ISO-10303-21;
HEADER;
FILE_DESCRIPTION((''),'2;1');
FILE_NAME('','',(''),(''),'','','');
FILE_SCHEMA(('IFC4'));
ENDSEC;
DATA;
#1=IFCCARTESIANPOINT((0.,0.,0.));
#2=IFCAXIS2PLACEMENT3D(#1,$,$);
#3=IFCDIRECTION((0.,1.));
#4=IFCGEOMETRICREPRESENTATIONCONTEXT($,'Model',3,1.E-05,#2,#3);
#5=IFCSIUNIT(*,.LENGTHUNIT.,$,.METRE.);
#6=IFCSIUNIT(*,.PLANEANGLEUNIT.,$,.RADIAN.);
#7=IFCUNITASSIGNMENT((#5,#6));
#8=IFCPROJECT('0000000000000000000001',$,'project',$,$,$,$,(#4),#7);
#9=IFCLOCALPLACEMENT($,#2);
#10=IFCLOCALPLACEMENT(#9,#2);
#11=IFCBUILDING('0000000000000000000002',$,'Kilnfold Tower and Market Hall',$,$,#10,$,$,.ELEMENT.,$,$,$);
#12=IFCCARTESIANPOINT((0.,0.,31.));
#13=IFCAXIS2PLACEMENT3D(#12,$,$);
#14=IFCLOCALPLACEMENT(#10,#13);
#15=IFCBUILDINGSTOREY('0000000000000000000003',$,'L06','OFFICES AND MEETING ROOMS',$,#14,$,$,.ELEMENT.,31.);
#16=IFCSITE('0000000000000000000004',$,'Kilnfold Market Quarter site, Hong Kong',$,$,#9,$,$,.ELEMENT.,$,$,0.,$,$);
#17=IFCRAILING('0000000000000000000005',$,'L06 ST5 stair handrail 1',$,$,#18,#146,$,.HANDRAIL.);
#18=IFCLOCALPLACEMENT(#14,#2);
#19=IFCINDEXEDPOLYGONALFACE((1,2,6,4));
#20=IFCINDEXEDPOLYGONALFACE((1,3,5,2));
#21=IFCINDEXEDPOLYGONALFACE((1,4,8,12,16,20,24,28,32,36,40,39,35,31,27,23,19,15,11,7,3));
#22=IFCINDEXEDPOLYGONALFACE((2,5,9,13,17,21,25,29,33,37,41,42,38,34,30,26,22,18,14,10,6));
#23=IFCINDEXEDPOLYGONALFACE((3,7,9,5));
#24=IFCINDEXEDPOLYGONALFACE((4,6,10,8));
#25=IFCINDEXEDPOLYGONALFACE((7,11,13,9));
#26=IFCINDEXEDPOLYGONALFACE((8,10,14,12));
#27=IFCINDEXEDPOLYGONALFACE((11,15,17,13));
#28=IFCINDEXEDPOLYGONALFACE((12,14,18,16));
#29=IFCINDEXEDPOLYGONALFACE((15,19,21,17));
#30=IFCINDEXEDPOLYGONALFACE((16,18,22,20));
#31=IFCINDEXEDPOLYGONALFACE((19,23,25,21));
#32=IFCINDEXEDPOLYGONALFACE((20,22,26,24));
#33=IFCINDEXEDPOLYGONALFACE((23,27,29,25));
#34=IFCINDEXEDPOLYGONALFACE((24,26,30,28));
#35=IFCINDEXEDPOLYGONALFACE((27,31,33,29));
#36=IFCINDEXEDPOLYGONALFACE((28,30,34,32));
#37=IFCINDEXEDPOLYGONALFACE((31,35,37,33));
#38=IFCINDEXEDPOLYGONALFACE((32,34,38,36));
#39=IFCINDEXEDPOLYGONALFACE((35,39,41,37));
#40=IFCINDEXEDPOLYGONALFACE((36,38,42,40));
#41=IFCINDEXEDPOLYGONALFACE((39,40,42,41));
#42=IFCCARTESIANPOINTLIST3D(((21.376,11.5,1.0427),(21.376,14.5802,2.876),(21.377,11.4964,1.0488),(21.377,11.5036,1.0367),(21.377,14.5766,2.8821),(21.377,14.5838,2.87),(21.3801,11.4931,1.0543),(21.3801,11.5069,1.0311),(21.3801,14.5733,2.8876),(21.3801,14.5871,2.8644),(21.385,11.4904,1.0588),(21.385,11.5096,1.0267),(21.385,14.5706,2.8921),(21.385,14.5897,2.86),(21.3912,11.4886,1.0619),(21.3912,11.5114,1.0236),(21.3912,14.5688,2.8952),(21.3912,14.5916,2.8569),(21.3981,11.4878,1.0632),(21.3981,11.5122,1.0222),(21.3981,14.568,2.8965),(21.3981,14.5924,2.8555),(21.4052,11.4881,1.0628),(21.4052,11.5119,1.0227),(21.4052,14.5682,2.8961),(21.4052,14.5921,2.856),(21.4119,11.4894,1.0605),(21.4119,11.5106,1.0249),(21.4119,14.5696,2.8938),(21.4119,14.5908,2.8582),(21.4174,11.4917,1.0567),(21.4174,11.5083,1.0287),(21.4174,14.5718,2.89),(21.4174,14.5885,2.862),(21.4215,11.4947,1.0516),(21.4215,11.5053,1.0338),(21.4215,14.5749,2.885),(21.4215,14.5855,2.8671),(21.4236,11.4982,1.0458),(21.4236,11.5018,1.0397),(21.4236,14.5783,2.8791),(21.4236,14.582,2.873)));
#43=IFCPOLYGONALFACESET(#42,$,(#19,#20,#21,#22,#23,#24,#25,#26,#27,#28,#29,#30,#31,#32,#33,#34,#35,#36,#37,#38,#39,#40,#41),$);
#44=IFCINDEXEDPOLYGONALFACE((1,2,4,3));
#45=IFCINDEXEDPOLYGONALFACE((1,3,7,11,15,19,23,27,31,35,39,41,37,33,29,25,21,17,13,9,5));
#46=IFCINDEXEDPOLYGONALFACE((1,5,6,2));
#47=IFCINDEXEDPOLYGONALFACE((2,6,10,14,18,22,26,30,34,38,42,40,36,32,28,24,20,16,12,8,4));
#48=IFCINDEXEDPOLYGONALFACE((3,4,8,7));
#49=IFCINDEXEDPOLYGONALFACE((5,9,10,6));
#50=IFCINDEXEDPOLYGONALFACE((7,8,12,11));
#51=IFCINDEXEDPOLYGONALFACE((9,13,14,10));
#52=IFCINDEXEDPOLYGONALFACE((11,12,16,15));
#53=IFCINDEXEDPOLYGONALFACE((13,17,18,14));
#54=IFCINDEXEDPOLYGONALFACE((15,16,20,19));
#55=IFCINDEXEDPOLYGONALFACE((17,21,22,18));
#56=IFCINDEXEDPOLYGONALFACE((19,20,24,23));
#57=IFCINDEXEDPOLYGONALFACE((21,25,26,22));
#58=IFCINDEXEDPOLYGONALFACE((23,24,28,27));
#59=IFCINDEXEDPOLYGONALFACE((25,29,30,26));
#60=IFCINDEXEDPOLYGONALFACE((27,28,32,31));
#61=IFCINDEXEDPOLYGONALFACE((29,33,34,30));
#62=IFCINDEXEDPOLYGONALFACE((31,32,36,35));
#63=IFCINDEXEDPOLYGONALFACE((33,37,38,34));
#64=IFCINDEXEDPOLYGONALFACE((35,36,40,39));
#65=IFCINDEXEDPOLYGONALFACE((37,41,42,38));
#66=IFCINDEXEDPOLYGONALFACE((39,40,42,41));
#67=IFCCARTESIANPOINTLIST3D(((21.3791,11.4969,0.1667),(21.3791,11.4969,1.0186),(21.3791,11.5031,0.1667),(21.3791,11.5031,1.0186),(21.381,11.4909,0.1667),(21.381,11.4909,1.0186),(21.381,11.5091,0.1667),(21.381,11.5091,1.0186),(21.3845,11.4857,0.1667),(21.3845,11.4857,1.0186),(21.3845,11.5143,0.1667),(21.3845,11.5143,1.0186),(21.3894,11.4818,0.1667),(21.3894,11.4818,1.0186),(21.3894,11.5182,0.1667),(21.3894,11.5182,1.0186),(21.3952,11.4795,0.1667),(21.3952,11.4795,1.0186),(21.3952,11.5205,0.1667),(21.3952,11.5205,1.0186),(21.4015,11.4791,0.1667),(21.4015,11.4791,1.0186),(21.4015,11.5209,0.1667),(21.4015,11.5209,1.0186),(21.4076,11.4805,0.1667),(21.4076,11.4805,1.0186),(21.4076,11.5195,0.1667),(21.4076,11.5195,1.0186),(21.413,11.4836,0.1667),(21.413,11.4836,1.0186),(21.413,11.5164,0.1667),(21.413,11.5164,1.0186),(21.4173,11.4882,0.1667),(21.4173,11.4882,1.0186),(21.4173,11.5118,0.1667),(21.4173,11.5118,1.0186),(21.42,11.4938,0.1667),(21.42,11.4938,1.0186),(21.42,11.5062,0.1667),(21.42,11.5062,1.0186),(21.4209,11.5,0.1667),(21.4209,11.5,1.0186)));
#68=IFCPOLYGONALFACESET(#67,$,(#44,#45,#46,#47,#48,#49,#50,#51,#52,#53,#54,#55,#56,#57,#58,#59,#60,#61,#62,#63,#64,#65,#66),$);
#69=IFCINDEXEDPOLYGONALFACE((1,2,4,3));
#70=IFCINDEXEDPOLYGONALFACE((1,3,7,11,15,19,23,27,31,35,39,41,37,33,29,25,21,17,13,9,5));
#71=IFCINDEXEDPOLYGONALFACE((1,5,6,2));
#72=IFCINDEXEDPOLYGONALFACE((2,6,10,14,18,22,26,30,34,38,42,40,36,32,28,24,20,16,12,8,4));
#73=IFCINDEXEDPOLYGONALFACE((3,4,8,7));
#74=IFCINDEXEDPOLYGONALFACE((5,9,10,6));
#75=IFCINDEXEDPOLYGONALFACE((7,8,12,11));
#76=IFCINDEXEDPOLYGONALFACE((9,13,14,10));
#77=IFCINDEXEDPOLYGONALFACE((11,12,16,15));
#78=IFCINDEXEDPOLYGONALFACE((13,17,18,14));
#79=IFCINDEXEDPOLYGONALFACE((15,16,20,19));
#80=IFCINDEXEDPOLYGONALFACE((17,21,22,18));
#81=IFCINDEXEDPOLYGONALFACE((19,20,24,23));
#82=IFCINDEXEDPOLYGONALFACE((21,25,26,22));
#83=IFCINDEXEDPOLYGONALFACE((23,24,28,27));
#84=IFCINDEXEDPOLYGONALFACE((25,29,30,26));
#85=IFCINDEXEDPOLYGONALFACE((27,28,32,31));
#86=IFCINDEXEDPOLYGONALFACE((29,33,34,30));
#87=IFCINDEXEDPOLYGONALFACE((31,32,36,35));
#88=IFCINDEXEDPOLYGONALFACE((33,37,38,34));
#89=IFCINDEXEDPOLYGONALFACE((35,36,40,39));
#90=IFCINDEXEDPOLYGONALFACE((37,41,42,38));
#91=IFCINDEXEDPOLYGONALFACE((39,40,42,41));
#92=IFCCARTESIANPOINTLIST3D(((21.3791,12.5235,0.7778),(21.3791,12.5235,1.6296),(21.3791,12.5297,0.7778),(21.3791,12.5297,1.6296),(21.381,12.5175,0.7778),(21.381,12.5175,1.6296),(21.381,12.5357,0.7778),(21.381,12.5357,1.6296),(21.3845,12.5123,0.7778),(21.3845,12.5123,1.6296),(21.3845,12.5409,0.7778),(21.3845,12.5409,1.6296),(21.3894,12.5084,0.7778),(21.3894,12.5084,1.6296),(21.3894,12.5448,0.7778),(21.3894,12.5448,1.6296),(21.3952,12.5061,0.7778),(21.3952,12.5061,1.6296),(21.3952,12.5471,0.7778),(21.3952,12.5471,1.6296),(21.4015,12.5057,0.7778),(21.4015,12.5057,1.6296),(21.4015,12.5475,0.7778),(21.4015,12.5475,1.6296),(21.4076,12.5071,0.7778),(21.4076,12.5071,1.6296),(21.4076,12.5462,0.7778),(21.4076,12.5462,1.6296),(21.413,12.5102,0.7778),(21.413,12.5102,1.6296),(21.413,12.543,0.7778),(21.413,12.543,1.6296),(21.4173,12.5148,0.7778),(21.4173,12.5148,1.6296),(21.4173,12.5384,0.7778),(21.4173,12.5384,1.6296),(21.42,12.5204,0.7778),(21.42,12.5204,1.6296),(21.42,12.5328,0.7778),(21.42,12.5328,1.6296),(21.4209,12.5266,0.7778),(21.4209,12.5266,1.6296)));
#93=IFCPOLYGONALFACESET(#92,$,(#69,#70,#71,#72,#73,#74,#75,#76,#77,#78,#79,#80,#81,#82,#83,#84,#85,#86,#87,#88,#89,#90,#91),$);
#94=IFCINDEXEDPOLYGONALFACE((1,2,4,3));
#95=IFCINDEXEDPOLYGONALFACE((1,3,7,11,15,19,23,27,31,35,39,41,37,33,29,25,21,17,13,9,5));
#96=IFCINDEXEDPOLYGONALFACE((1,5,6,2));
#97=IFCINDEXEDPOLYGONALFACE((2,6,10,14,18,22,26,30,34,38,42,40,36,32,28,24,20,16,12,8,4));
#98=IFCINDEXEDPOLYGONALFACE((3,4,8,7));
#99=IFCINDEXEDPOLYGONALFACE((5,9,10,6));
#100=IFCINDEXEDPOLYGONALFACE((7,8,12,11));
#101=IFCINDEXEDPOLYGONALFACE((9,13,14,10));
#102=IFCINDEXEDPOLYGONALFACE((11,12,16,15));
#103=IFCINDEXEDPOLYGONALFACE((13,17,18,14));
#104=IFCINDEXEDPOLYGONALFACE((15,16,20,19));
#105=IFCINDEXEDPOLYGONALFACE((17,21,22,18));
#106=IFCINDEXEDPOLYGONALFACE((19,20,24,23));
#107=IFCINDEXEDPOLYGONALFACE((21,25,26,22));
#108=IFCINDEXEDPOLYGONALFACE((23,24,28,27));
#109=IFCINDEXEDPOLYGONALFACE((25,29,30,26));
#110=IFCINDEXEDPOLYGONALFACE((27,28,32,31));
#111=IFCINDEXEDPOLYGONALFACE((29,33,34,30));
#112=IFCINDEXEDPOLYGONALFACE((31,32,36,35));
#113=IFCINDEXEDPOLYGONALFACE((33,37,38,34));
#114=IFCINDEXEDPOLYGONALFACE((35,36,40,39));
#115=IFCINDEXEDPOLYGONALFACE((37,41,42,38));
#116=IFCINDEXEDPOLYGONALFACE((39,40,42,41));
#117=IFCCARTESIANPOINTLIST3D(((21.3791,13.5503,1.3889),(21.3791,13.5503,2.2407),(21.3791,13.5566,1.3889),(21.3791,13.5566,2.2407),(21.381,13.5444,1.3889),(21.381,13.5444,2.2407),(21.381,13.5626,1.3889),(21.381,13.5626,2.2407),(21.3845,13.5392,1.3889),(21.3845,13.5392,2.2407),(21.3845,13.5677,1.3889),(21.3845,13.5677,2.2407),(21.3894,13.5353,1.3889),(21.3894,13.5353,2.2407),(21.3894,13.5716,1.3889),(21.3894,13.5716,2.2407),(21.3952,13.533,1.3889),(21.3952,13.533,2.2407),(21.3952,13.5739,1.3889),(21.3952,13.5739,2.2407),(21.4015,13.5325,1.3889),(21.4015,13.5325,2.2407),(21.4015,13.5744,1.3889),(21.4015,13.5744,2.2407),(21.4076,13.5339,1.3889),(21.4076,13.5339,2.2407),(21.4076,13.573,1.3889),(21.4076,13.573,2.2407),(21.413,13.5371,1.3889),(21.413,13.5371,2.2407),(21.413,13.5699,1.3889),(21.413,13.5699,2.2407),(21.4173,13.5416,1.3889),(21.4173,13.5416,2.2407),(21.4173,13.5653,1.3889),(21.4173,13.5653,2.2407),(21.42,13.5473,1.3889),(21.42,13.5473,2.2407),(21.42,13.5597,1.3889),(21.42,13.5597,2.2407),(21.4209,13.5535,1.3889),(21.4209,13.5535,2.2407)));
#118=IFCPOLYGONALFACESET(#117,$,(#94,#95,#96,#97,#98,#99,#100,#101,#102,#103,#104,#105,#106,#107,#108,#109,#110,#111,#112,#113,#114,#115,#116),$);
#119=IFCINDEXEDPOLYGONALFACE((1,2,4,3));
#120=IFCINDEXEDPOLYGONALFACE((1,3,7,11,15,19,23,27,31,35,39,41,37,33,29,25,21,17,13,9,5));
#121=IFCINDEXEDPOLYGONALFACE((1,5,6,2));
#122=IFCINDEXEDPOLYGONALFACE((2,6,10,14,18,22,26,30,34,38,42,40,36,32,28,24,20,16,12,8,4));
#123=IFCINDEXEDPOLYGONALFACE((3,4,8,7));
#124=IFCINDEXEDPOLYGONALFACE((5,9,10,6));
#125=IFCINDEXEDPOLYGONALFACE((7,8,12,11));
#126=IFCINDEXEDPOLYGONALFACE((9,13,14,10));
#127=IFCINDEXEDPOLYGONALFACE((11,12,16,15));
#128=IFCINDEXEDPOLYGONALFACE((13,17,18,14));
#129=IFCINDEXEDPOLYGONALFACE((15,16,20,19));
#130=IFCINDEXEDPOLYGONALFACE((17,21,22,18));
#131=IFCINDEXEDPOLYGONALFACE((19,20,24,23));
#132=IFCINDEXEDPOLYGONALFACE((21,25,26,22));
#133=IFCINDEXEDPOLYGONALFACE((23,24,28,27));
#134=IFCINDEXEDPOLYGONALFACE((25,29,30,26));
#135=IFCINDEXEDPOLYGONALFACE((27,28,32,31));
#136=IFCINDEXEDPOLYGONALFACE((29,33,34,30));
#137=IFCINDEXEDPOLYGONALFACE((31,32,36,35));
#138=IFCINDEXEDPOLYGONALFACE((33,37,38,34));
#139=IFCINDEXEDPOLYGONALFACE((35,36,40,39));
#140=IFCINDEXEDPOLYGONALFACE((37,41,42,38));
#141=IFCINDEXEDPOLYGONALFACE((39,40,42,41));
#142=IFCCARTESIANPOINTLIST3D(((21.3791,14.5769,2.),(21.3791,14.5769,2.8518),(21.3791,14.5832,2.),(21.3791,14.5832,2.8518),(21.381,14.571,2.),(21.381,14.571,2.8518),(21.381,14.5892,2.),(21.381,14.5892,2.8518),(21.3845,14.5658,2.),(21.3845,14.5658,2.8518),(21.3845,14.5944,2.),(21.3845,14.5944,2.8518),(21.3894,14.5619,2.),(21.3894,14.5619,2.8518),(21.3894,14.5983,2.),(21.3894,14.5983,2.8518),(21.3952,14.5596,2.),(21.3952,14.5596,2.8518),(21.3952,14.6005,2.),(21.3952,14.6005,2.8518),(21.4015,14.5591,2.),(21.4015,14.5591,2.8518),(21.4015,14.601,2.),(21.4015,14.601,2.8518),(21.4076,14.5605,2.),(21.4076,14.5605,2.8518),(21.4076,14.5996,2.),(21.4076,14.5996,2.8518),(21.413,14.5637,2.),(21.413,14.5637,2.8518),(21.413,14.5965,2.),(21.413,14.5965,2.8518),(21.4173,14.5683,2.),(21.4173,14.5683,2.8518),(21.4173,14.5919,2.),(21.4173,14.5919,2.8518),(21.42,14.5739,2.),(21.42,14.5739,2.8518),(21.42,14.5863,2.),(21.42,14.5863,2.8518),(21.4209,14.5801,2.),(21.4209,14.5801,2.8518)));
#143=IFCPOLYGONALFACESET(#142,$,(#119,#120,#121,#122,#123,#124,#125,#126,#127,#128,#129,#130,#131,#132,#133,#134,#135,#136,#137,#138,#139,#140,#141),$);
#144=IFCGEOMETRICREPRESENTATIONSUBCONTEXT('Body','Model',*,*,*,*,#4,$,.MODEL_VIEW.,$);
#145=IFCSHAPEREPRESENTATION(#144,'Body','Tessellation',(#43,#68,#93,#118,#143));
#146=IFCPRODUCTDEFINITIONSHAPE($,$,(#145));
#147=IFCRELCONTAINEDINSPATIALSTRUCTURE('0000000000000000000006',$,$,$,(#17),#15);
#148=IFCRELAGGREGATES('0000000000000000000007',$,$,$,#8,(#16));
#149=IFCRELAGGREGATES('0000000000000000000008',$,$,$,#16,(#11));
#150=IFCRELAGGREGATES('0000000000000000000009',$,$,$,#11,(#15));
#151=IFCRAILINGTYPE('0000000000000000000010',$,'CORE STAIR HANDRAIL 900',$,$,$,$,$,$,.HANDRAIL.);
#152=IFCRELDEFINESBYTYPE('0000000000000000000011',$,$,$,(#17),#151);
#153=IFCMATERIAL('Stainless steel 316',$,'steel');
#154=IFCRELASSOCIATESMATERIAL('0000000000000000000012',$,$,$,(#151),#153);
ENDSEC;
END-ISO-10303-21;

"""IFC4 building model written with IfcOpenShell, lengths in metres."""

from ifc_helpers import new_model, si_unit, direction, frame, origin, origin_2d, place, context, subcontext, project, spatial, circle, extrude, material, type_object, element, save


model = new_model("IFC4")

# Units and contexts
model_context = context("Model", 3, precision=1e-05, world=origin(), true_north=direction((0.0, 1.0)))
body_context = subcontext(model_context, "Body", "Model", "MODEL_VIEW")
ifc_project = project(units=[si_unit("LENGTHUNIT", "METRE"), si_unit("PLANEANGLEUNIT", "RADIAN")], contexts=[model_context])

# Site, building, storey
site_placement = place(None, origin())
site = spatial("IfcSite", under=ifc_project, at=site_placement, Name="Kilnfold Market Quarter site, Hong Kong", CompositionType="ELEMENT", RefElevation=0.0)
building_placement = place(site_placement, origin())
building = spatial("IfcBuilding", under=site, at=building_placement, Name="Kilnfold Tower and Market Hall", CompositionType="ELEMENT")
storey_placement = place(building_placement, frame((0.0, 0.0, 31.0)))
storey = spatial("IfcBuildingStorey", under=building, at=storey_placement, Name="L06", Description="OFFICES AND MEETING ROOMS", CompositionType="ELEMENT", Elevation=31.0)

# Railing
ifc_material_1 = material(Name="Stainless steel 316", Category="steel")
railing_type_1 = type_object("IfcRailingType", Name="CORE STAIR HANDRAIL 900", PredefinedType="HANDRAIL", material=ifc_material_1)
railing_1_placement = place(storey_placement, frame((21.3999, 11.5, 0.1667)))
element("IfcRailing", 1, at=railing_1_placement, inside=storey, type_object=railing_type_1, Name="L06 ST5 stair handrail 1", PredefinedType="HANDRAIL", context=body_context, shape_type="SweptSolid", body=[
    extrude(circle(Radius=0.0239, at=origin_2d()), frame((0.0, 0.0, 0.876), z_axis=(0.0, 0.859309, 0.511458), x_axis=(-1.0, 0.0, 0.0)), (0.0, 0.0, 1.0), 3.5845),
    extrude(circle(Radius=0.021, at=origin_2d()), origin(), (0.0, 0.0, 1.0), 0.8518),
    extrude(circle(Radius=0.021, at=origin_2d()), frame((0.0, 1.0266, 0.6111)), (0.0, 0.0, 1.0), 0.8518),
    extrude(circle(Radius=0.021, at=origin_2d()), frame((0.0, 2.0535, 1.2222)), (0.0, 0.0, 1.0), 0.8518),
    extrude(circle(Radius=0.021, at=origin_2d()), frame((0.0, 3.0801, 1.8333)), (0.0, 0.0, 1.0), 0.8518),
])

save(model, "model.ifc")
